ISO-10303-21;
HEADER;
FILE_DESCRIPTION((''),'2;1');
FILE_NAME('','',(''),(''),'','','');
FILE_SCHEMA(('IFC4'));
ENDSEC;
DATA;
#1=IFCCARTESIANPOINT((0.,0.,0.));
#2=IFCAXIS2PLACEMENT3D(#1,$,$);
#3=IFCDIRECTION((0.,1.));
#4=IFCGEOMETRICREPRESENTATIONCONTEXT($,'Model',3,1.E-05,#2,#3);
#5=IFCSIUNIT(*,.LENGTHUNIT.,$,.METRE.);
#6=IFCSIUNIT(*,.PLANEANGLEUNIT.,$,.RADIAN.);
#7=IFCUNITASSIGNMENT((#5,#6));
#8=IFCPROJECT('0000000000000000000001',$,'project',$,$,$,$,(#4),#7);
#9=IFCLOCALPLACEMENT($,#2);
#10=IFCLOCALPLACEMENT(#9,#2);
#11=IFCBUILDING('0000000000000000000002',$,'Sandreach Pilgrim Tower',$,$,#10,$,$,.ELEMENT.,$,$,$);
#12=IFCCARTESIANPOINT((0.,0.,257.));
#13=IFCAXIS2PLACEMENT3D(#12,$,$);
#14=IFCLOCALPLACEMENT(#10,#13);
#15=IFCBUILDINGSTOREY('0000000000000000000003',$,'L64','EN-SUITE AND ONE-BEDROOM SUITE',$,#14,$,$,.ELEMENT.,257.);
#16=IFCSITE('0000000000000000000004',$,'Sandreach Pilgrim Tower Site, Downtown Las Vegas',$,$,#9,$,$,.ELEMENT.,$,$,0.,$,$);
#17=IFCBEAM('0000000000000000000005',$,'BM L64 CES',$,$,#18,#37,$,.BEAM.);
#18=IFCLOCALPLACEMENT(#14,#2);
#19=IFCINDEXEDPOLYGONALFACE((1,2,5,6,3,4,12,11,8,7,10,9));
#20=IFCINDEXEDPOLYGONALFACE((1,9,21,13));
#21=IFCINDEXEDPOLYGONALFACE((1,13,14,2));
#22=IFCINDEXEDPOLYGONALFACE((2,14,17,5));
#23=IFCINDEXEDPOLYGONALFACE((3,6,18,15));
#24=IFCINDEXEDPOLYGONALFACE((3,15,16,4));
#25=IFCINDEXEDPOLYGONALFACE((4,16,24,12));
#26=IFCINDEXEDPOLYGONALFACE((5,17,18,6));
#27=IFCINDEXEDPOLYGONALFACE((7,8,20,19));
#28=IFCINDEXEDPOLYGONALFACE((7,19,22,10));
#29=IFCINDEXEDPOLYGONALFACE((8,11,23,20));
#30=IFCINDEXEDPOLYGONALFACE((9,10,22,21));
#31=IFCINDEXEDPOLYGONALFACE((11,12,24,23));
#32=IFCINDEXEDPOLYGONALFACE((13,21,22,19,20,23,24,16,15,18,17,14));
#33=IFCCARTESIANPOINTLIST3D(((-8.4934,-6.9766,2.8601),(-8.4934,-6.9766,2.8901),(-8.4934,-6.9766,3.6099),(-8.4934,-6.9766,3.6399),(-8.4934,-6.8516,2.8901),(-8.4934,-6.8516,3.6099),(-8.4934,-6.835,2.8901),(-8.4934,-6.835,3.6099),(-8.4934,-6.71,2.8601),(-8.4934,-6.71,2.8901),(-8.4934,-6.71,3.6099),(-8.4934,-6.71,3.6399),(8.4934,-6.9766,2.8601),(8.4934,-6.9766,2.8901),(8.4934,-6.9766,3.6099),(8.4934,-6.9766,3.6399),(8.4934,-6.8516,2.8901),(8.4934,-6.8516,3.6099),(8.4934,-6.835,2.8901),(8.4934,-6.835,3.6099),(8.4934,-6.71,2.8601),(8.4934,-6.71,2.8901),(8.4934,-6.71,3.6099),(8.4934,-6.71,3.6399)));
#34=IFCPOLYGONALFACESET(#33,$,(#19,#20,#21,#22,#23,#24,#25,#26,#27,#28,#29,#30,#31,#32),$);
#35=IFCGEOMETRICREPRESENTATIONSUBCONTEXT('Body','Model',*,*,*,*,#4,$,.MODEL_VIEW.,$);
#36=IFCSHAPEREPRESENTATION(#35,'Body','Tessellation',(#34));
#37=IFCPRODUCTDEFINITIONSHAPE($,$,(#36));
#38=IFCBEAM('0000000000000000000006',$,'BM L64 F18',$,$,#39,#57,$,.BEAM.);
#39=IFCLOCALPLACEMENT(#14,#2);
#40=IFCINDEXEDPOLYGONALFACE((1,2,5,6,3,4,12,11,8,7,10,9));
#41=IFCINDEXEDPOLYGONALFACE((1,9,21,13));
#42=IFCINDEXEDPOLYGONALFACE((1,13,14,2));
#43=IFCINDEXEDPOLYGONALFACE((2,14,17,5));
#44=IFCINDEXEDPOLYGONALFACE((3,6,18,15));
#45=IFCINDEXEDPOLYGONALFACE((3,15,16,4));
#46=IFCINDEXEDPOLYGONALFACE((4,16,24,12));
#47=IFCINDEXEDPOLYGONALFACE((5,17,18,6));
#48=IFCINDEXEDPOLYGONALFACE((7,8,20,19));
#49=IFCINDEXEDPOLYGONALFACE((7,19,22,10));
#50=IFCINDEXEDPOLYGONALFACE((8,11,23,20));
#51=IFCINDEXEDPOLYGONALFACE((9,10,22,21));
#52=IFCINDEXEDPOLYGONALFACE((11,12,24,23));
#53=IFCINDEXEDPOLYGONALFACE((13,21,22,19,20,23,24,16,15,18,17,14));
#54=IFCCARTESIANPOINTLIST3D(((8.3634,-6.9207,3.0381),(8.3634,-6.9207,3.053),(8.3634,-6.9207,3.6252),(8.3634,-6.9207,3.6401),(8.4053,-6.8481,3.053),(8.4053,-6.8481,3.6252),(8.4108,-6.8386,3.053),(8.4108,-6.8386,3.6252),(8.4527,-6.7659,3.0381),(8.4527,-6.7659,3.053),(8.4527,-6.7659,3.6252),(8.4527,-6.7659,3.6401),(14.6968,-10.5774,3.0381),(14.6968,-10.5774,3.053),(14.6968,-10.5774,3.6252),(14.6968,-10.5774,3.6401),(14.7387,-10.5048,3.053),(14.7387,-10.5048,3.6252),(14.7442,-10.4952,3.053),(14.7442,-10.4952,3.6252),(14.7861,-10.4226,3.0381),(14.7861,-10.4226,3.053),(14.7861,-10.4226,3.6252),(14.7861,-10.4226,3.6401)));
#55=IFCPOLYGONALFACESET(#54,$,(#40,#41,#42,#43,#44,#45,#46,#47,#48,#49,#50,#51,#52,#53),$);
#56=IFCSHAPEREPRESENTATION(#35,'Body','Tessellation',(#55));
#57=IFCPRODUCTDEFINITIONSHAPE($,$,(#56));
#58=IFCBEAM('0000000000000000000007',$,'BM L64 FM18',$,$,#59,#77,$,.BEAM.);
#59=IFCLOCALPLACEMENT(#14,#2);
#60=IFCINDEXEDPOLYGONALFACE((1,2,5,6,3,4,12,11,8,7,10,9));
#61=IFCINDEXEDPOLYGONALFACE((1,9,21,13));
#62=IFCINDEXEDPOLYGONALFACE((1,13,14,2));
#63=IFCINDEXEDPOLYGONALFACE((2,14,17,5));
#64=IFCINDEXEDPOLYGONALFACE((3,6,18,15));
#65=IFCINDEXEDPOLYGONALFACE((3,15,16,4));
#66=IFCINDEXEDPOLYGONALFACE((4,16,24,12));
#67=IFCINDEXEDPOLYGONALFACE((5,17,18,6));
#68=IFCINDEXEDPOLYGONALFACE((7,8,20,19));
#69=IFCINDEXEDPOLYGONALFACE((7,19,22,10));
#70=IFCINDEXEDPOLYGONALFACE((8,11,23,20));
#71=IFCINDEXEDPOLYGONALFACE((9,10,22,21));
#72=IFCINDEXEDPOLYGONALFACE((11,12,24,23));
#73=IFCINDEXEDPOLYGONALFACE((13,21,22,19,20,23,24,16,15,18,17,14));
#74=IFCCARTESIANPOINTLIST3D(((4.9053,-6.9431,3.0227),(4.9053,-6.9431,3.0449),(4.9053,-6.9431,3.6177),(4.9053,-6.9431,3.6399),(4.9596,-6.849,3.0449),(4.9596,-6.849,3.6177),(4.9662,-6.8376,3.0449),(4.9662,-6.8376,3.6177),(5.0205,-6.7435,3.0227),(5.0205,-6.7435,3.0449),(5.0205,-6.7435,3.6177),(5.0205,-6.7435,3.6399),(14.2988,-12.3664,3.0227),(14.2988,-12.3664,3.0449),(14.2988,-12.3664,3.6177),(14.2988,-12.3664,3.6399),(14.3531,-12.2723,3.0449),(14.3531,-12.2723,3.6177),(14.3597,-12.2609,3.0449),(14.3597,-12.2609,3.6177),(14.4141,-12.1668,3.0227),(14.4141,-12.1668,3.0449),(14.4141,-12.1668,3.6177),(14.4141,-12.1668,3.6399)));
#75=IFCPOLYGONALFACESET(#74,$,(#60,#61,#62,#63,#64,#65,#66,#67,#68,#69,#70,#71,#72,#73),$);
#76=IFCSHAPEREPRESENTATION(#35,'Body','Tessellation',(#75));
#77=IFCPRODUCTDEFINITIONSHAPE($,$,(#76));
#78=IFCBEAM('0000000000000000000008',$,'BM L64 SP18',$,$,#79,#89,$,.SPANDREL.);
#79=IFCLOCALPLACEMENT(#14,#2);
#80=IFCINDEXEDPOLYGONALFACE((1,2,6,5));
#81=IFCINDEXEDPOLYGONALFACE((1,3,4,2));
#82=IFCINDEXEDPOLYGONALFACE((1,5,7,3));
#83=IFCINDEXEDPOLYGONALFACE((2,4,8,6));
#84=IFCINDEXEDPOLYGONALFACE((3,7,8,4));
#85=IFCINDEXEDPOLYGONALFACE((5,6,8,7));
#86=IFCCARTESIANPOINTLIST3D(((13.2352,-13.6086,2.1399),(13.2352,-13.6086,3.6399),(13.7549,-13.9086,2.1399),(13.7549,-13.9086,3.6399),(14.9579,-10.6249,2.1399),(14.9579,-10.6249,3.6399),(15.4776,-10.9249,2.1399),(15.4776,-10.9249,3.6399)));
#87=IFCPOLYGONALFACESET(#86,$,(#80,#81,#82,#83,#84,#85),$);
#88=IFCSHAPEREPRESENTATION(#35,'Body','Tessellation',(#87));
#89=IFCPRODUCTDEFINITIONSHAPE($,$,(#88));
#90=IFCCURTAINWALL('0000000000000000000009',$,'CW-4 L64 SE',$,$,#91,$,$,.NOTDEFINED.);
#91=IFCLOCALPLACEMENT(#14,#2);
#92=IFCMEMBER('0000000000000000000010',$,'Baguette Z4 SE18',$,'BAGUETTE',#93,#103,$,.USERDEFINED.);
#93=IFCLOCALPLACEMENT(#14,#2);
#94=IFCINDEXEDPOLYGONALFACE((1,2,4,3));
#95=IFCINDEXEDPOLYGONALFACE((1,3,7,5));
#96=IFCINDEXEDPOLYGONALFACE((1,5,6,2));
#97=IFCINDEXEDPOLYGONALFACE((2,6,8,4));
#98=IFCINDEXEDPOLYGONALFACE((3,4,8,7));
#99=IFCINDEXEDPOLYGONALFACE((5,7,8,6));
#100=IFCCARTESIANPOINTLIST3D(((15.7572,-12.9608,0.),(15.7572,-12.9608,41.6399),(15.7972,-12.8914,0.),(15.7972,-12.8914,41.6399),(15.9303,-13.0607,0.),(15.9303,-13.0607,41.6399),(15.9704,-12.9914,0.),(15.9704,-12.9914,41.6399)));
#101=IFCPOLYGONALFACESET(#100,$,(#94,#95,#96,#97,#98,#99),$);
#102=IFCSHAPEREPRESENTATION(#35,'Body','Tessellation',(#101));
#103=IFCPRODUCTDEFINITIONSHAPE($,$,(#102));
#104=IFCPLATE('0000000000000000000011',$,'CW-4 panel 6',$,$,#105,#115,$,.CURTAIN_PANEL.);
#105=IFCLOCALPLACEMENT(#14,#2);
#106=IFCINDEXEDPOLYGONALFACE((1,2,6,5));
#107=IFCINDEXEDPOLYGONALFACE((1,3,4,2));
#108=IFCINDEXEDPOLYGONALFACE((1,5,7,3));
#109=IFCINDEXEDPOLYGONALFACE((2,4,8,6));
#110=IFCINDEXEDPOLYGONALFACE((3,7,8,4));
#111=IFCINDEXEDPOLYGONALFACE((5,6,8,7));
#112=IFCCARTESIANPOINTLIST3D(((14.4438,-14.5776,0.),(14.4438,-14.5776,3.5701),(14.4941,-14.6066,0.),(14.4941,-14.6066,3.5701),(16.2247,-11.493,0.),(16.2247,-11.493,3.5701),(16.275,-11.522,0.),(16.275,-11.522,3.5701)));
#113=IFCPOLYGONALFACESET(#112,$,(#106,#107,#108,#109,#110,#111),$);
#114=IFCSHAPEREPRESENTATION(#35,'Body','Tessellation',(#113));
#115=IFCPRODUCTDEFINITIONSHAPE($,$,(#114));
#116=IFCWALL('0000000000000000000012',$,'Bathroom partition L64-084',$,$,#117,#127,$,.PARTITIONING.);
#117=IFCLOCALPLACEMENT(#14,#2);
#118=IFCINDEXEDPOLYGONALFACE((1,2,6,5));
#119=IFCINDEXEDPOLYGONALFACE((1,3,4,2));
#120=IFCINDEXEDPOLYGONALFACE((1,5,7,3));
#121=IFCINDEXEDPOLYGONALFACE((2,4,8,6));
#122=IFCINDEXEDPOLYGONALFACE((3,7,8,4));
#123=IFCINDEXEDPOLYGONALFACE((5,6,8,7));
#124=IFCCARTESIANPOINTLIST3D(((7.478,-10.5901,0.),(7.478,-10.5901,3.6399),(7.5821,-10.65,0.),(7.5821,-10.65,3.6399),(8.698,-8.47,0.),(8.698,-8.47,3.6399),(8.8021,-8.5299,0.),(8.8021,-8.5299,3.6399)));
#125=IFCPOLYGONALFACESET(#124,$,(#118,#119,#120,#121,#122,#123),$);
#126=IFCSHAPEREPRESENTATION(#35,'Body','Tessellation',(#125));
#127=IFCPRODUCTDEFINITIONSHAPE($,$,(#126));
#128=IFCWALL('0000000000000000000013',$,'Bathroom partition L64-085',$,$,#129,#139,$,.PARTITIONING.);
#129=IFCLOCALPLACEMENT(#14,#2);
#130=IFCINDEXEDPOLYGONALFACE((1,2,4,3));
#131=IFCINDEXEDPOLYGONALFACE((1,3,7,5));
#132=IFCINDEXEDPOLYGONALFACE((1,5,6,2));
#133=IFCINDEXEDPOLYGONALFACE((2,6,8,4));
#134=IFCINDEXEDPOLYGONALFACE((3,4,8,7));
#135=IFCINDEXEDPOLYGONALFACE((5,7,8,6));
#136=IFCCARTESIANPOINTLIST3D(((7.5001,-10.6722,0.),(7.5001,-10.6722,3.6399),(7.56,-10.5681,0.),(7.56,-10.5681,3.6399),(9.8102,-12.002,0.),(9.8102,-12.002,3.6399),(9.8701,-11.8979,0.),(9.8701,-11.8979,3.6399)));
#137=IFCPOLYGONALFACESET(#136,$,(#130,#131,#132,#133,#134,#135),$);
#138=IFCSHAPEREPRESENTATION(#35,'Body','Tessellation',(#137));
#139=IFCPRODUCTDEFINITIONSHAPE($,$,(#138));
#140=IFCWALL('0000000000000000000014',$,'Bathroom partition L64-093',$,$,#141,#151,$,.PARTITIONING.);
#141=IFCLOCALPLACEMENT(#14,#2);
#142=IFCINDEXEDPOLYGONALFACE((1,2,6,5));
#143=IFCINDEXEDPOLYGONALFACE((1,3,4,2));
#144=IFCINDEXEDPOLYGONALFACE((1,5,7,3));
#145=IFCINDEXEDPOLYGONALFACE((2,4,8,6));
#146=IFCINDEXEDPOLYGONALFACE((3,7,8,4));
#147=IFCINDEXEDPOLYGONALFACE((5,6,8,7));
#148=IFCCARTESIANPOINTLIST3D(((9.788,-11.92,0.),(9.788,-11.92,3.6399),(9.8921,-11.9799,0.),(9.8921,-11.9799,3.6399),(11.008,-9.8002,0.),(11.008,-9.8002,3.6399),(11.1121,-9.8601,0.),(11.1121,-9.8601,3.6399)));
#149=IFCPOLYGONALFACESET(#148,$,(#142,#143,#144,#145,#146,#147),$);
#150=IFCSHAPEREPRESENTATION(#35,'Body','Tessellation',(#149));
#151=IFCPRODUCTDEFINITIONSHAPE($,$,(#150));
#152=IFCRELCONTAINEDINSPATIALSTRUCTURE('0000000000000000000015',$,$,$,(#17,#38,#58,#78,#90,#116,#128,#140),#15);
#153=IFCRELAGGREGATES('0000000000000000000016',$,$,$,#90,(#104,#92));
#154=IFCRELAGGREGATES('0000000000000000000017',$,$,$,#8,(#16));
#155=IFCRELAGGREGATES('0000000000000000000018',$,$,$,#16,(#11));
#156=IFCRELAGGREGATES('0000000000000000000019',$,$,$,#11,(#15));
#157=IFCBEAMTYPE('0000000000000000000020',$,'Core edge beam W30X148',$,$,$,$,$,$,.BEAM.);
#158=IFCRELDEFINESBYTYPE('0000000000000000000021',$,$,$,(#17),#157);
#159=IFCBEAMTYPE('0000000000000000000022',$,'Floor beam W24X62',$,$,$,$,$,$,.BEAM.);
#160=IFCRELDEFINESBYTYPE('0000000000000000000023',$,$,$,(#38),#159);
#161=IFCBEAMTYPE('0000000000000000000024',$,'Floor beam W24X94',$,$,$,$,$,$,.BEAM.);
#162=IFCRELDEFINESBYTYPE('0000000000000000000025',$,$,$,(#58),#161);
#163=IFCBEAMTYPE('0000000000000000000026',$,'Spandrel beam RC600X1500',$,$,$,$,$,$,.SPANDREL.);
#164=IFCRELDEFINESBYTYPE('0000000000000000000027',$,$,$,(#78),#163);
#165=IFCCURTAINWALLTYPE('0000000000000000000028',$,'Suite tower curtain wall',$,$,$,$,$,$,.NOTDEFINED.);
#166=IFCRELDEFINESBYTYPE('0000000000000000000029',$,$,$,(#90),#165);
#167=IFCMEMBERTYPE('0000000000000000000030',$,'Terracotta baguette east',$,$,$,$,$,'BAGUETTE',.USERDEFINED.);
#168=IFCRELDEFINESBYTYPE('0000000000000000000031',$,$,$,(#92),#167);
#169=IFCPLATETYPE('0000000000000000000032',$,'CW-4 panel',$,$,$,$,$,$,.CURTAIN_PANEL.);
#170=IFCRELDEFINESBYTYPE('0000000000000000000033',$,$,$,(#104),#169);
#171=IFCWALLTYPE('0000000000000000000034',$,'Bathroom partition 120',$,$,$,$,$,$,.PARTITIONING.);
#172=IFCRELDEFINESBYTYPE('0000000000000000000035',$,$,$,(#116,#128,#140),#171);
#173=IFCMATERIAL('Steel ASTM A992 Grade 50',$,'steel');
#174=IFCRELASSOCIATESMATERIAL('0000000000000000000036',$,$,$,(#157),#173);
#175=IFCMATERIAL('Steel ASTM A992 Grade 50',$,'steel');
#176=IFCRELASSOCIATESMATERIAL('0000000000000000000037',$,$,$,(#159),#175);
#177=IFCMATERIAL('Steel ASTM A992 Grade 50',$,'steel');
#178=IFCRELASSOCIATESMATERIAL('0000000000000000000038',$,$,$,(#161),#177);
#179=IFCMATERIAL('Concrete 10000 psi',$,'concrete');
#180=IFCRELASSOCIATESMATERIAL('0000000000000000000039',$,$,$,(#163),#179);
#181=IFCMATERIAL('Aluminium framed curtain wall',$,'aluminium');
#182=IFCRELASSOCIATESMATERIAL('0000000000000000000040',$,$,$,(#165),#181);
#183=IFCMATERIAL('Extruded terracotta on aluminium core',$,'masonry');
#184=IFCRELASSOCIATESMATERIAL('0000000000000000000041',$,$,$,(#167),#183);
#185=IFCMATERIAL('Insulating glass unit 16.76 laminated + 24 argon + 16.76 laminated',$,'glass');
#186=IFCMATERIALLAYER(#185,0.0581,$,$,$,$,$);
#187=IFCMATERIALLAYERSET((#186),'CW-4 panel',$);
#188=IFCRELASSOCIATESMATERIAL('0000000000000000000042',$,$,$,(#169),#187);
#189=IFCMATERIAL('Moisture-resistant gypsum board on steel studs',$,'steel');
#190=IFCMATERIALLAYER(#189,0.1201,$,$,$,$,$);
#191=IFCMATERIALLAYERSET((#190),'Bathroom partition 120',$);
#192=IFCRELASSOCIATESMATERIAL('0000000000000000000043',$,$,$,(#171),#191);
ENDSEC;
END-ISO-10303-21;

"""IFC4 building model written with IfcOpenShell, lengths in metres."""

from ifc_helpers import new_model, si_unit, direction, frame, frame_2d, origin, origin_2d, place, context, subcontext, project, spatial, rectangle, i_section, extrude, material, layer, layer_set, material_profile, profile_set, type_object, element, aggregate, save


model = new_model("IFC4")

# Units and contexts
model_context = context("Model", 3, precision=1e-05, world=origin(), true_north=direction((0.0, 1.0)))
body_context = subcontext(model_context, "Body", "Model", "MODEL_VIEW")
ifc_project = project(units=[si_unit("LENGTHUNIT", "METRE"), si_unit("PLANEANGLEUNIT", "RADIAN")], contexts=[model_context])

# Site, building, storey
site_placement = place(None, origin())
site = spatial("IfcSite", under=ifc_project, at=site_placement, Name="Sandreach Pilgrim Tower Site, Downtown Las Vegas", CompositionType="ELEMENT", RefElevation=0.0)
building_placement = place(site_placement, origin())
building = spatial("IfcBuilding", under=site, at=building_placement, Name="Sandreach Pilgrim Tower", CompositionType="ELEMENT")
storey_placement = place(building_placement, frame((0.0, 0.0, 257.0)))
storey = spatial("IfcBuildingStorey", under=building, at=storey_placement, Name="L64", Description="EN-SUITE AND ONE-BEDROOM SUITE", CompositionType="ELEMENT", Elevation=257.0)

# Beams
ifc_material_1 = material(Name="Steel ASTM A992 Grade 50", Category="steel")
ifc_material_profile_1 = material_profile(ifc_material_1, i_section(OverallWidth=0.2666, OverallDepth=0.7798, WebThickness=0.0166, FlangeThickness=0.03, at=origin_2d()), Name="W30X148")
ifc_profile_set_1 = profile_set([ifc_material_profile_1], Name="Steel ASTM A992 Grade 50")
beam_type_1 = type_object("IfcBeamType", Name="Core edge beam W30X148", PredefinedType="BEAM", material=ifc_profile_set_1)
beam_1_placement = place(storey_placement, frame((8.4934, -6.8433, 3.25), z_axis=(-1.0, 0.0, 0.0), x_axis=(0.0, -1.0, 0.0)))
element("IfcBeam", 1, at=beam_1_placement, inside=storey, type_object=beam_type_1, Name="BM L64 CES", PredefinedType="BEAM", context=body_context, shape_type="SweptSolid", body=[
    extrude(i_section(OverallWidth=0.2666, OverallDepth=0.7798, WebThickness=0.0166, FlangeThickness=0.03, at=origin_2d()), origin(), (0.0, 0.0, 1.0), 16.9868),
])
ifc_material_2 = material(Name="Steel ASTM A992 Grade 50", Category="steel")
ifc_material_profile_2 = material_profile(ifc_material_2, i_section(OverallWidth=0.1787, OverallDepth=0.6021, WebThickness=0.011, FlangeThickness=0.0149, at=origin_2d()), Name="W24X62")
ifc_profile_set_2 = profile_set([ifc_material_profile_2], Name="Steel ASTM A992 Grade 50")
beam_type_2 = type_object("IfcBeamType", Name="Floor beam W24X62", PredefinedType="BEAM", material=ifc_profile_set_2)
beam_2_placement = place(storey_placement, frame((14.7415, -10.5, 3.3391), z_axis=(-0.86602, 0.500009, 0.0), x_axis=(-0.500009, -0.86602, 0.0)))
element("IfcBeam", 2, at=beam_2_placement, inside=storey, type_object=beam_type_2, Name="BM L64 F18", PredefinedType="BEAM", context=body_context, shape_type="SweptSolid", body=[
    extrude(i_section(OverallWidth=0.1787, OverallDepth=0.6021, WebThickness=0.011, FlangeThickness=0.0149, at=origin_2d()), origin(), (0.0, 0.0, 1.0), 7.3132),
])
ifc_material_3 = material(Name="Steel ASTM A992 Grade 50", Category="steel")
ifc_material_profile_3 = material_profile(ifc_material_3, i_section(OverallWidth=0.2305, OverallDepth=0.6172, WebThickness=0.0132, FlangeThickness=0.0222, at=origin_2d()), Name="W24X94")
ifc_profile_set_3 = profile_set([ifc_material_profile_3], Name="Steel ASTM A992 Grade 50")
beam_type_3 = type_object("IfcBeamType", Name="Floor beam W24X94", PredefinedType="BEAM", material=ifc_profile_set_3)
beam_3_placement = place(storey_placement, frame((14.3564, -12.2666, 3.3313), z_axis=(-0.866027, 0.499998, 0.0), x_axis=(-0.499998, -0.866027, 0.0)))
element("IfcBeam", 3, at=beam_3_placement, inside=storey, type_object=beam_type_3, Name="BM L64 FM18", PredefinedType="BEAM", context=body_context, shape_type="SweptSolid", body=[
    extrude(i_section(OverallWidth=0.2305, OverallDepth=0.6172, WebThickness=0.0132, FlangeThickness=0.0222, at=origin_2d()), origin(), (0.0, 0.0, 1.0), 10.8467),
])
ifc_material_4 = material(Name="Concrete 10000 psi", Category="concrete")
ifc_material_profile_4 = material_profile(ifc_material_4, rectangle(XDim=0.6001, YDim=1.5, at=origin_2d()), Name="RC600X1500")
ifc_profile_set_4 = profile_set([ifc_material_profile_4], Name="Concrete 10000 psi")
beam_type_4 = type_object("IfcBeamType", Name="Spandrel beam RC600X1500", PredefinedType="SPANDREL", material=ifc_profile_set_4)
beam_4_placement = place(storey_placement, frame((15.2178, -10.7749, 2.8899), z_axis=(-0.500011, -0.866019, 0.0), x_axis=(0.866019, -0.500011, 0.0)))
element("IfcBeam", 4, at=beam_4_placement, inside=storey, type_object=beam_type_4, Name="BM L64 SP18", PredefinedType="SPANDREL", context=body_context, shape_type="SweptSolid", body=[
    extrude(rectangle(XDim=0.6001, YDim=1.5, at=origin_2d()), origin(), (0.0, 0.0, 1.0), 3.4453),
])

# Curtain wall, member, plate
ifc_material_5 = material(Name="Aluminium framed curtain wall", Category="aluminium")
curtain_wall_type = type_object("IfcCurtainWallType", Name="Suite tower curtain wall", PredefinedType="NOTDEFINED", material=ifc_material_5)
curtain_wall_placement = place(storey_placement, origin())
curtain_wall = element("IfcCurtainWall", 5, at=curtain_wall_placement, inside=storey, type_object=curtain_wall_type, Name="CW-4 L64 SE", PredefinedType="NOTDEFINED")
ifc_material_6 = material(Name="Extruded terracotta on aluminium core", Category="masonry")
ifc_material_profile_5 = material_profile(ifc_material_6, rectangle(XDim=0.0801, YDim=0.2, at=origin_2d()), Name="TBE 80X200")
ifc_profile_set_5 = profile_set([ifc_material_profile_5], Name="Extruded terracotta on aluminium core")
member_type = type_object("IfcMemberType", Name="Terracotta baguette east", ElementType="BAGUETTE", PredefinedType="USERDEFINED", material=ifc_profile_set_5)
member_placement = place(storey_placement, frame((15.8638, -12.9761, 0.0), z_axis=(0.0, 0.0, 1.0), x_axis=(-0.5, -0.866025, 0.0)))
member = element("IfcMember", 6, at=member_placement, type_object=member_type, Name="Baguette Z4 SE18", ObjectType="BAGUETTE", PredefinedType="USERDEFINED", context=body_context, shape_type="SweptSolid", body=[
    extrude(rectangle(XDim=0.0801, YDim=0.2, at=origin_2d()), origin(), (0.0, 0.0, 1.0), 41.6399),
])
ifc_material_7 = material(Name="Insulating glass unit 16.76 laminated + 24 argon + 16.76 laminated", Category="glass")
ifc_layer_1 = layer(ifc_material_7, 0.0581)
ifc_layer_set_1 = layer_set([ifc_layer_1], Name="CW-4 panel")
plate_type = type_object("IfcPlateType", Name="CW-4 panel", PredefinedType="CURTAIN_PANEL", material=ifc_layer_set_1)
plate_placement = place(storey_placement, frame((15.3594, -13.0498, 0.0), z_axis=(0.0, 0.0, 1.0), x_axis=(-0.5, -0.866025, 0.0)))
plate = element("IfcPlate", 7, at=plate_placement, type_object=plate_type, Name="CW-4 panel 6", PredefinedType="CURTAIN_PANEL", context=body_context, shape_type="SweptSolid", body=[
    extrude(rectangle(XDim=3.5618, YDim=0.0581, at=origin_2d()), origin(), (0.0, 0.0, 1.0), 3.5701),
])
aggregate(curtain_wall, [plate, member])

# Walls
ifc_material_8 = material(Name="Moisture-resistant gypsum board on steel studs", Category="steel")
ifc_layer_2 = layer(ifc_material_8, 0.1201)
ifc_layer_set_2 = layer_set([ifc_layer_2], Name="Bathroom partition 120")
wall_type_1 = type_object("IfcWallType", Name="Bathroom partition 120", PredefinedType="PARTITIONING", material=ifc_layer_set_2)
wall_1_placement = place(storey_placement, frame((7.53, -10.6201, 0.0), z_axis=(0.0, 0.0, 1.0), x_axis=(0.498749, 0.866747, 0.0)))
element("IfcWall", 8, at=wall_1_placement, inside=storey, type_object=wall_type_1, Name="Bathroom partition L64-084", PredefinedType="PARTITIONING", context=body_context, shape_type="SweptSolid", body=[
    extrude(rectangle(XDim=2.446, YDim=0.1201, at=frame_2d((1.2231, 0.0))), origin(), (0.0, 0.0, 1.0), 3.6399),
])
wall_2_placement = place(storey_placement, frame((7.53, -10.6201, 0.0), z_axis=(0.0, 0.0, 1.0), x_axis=(0.866655, -0.498908, 0.0)))
element("IfcWall", 9, at=wall_2_placement, inside=storey, type_object=wall_type_1, Name="Bathroom partition L64-085", PredefinedType="PARTITIONING", context=body_context, shape_type="SweptSolid", body=[
    extrude(rectangle(XDim=2.6655, YDim=0.1201, at=frame_2d((1.3328, 0.0))), origin(), (0.0, 0.0, 1.0), 3.6399),
])
wall_3_placement = place(storey_placement, frame((9.8401, -11.95, 0.0), z_axis=(0.0, 0.0, 1.0), x_axis=(0.498792, 0.866722, 0.0)))
element("IfcWall", 10, at=wall_3_placement, inside=storey, type_object=wall_type_1, Name="Bathroom partition L64-093", PredefinedType="PARTITIONING", context=body_context, shape_type="SweptSolid", body=[
    extrude(rectangle(XDim=2.4458, YDim=0.1201, at=frame_2d((1.2229, 0.0))), origin(), (0.0, 0.0, 1.0), 3.6399),
])

save(model, "model.ifc")
